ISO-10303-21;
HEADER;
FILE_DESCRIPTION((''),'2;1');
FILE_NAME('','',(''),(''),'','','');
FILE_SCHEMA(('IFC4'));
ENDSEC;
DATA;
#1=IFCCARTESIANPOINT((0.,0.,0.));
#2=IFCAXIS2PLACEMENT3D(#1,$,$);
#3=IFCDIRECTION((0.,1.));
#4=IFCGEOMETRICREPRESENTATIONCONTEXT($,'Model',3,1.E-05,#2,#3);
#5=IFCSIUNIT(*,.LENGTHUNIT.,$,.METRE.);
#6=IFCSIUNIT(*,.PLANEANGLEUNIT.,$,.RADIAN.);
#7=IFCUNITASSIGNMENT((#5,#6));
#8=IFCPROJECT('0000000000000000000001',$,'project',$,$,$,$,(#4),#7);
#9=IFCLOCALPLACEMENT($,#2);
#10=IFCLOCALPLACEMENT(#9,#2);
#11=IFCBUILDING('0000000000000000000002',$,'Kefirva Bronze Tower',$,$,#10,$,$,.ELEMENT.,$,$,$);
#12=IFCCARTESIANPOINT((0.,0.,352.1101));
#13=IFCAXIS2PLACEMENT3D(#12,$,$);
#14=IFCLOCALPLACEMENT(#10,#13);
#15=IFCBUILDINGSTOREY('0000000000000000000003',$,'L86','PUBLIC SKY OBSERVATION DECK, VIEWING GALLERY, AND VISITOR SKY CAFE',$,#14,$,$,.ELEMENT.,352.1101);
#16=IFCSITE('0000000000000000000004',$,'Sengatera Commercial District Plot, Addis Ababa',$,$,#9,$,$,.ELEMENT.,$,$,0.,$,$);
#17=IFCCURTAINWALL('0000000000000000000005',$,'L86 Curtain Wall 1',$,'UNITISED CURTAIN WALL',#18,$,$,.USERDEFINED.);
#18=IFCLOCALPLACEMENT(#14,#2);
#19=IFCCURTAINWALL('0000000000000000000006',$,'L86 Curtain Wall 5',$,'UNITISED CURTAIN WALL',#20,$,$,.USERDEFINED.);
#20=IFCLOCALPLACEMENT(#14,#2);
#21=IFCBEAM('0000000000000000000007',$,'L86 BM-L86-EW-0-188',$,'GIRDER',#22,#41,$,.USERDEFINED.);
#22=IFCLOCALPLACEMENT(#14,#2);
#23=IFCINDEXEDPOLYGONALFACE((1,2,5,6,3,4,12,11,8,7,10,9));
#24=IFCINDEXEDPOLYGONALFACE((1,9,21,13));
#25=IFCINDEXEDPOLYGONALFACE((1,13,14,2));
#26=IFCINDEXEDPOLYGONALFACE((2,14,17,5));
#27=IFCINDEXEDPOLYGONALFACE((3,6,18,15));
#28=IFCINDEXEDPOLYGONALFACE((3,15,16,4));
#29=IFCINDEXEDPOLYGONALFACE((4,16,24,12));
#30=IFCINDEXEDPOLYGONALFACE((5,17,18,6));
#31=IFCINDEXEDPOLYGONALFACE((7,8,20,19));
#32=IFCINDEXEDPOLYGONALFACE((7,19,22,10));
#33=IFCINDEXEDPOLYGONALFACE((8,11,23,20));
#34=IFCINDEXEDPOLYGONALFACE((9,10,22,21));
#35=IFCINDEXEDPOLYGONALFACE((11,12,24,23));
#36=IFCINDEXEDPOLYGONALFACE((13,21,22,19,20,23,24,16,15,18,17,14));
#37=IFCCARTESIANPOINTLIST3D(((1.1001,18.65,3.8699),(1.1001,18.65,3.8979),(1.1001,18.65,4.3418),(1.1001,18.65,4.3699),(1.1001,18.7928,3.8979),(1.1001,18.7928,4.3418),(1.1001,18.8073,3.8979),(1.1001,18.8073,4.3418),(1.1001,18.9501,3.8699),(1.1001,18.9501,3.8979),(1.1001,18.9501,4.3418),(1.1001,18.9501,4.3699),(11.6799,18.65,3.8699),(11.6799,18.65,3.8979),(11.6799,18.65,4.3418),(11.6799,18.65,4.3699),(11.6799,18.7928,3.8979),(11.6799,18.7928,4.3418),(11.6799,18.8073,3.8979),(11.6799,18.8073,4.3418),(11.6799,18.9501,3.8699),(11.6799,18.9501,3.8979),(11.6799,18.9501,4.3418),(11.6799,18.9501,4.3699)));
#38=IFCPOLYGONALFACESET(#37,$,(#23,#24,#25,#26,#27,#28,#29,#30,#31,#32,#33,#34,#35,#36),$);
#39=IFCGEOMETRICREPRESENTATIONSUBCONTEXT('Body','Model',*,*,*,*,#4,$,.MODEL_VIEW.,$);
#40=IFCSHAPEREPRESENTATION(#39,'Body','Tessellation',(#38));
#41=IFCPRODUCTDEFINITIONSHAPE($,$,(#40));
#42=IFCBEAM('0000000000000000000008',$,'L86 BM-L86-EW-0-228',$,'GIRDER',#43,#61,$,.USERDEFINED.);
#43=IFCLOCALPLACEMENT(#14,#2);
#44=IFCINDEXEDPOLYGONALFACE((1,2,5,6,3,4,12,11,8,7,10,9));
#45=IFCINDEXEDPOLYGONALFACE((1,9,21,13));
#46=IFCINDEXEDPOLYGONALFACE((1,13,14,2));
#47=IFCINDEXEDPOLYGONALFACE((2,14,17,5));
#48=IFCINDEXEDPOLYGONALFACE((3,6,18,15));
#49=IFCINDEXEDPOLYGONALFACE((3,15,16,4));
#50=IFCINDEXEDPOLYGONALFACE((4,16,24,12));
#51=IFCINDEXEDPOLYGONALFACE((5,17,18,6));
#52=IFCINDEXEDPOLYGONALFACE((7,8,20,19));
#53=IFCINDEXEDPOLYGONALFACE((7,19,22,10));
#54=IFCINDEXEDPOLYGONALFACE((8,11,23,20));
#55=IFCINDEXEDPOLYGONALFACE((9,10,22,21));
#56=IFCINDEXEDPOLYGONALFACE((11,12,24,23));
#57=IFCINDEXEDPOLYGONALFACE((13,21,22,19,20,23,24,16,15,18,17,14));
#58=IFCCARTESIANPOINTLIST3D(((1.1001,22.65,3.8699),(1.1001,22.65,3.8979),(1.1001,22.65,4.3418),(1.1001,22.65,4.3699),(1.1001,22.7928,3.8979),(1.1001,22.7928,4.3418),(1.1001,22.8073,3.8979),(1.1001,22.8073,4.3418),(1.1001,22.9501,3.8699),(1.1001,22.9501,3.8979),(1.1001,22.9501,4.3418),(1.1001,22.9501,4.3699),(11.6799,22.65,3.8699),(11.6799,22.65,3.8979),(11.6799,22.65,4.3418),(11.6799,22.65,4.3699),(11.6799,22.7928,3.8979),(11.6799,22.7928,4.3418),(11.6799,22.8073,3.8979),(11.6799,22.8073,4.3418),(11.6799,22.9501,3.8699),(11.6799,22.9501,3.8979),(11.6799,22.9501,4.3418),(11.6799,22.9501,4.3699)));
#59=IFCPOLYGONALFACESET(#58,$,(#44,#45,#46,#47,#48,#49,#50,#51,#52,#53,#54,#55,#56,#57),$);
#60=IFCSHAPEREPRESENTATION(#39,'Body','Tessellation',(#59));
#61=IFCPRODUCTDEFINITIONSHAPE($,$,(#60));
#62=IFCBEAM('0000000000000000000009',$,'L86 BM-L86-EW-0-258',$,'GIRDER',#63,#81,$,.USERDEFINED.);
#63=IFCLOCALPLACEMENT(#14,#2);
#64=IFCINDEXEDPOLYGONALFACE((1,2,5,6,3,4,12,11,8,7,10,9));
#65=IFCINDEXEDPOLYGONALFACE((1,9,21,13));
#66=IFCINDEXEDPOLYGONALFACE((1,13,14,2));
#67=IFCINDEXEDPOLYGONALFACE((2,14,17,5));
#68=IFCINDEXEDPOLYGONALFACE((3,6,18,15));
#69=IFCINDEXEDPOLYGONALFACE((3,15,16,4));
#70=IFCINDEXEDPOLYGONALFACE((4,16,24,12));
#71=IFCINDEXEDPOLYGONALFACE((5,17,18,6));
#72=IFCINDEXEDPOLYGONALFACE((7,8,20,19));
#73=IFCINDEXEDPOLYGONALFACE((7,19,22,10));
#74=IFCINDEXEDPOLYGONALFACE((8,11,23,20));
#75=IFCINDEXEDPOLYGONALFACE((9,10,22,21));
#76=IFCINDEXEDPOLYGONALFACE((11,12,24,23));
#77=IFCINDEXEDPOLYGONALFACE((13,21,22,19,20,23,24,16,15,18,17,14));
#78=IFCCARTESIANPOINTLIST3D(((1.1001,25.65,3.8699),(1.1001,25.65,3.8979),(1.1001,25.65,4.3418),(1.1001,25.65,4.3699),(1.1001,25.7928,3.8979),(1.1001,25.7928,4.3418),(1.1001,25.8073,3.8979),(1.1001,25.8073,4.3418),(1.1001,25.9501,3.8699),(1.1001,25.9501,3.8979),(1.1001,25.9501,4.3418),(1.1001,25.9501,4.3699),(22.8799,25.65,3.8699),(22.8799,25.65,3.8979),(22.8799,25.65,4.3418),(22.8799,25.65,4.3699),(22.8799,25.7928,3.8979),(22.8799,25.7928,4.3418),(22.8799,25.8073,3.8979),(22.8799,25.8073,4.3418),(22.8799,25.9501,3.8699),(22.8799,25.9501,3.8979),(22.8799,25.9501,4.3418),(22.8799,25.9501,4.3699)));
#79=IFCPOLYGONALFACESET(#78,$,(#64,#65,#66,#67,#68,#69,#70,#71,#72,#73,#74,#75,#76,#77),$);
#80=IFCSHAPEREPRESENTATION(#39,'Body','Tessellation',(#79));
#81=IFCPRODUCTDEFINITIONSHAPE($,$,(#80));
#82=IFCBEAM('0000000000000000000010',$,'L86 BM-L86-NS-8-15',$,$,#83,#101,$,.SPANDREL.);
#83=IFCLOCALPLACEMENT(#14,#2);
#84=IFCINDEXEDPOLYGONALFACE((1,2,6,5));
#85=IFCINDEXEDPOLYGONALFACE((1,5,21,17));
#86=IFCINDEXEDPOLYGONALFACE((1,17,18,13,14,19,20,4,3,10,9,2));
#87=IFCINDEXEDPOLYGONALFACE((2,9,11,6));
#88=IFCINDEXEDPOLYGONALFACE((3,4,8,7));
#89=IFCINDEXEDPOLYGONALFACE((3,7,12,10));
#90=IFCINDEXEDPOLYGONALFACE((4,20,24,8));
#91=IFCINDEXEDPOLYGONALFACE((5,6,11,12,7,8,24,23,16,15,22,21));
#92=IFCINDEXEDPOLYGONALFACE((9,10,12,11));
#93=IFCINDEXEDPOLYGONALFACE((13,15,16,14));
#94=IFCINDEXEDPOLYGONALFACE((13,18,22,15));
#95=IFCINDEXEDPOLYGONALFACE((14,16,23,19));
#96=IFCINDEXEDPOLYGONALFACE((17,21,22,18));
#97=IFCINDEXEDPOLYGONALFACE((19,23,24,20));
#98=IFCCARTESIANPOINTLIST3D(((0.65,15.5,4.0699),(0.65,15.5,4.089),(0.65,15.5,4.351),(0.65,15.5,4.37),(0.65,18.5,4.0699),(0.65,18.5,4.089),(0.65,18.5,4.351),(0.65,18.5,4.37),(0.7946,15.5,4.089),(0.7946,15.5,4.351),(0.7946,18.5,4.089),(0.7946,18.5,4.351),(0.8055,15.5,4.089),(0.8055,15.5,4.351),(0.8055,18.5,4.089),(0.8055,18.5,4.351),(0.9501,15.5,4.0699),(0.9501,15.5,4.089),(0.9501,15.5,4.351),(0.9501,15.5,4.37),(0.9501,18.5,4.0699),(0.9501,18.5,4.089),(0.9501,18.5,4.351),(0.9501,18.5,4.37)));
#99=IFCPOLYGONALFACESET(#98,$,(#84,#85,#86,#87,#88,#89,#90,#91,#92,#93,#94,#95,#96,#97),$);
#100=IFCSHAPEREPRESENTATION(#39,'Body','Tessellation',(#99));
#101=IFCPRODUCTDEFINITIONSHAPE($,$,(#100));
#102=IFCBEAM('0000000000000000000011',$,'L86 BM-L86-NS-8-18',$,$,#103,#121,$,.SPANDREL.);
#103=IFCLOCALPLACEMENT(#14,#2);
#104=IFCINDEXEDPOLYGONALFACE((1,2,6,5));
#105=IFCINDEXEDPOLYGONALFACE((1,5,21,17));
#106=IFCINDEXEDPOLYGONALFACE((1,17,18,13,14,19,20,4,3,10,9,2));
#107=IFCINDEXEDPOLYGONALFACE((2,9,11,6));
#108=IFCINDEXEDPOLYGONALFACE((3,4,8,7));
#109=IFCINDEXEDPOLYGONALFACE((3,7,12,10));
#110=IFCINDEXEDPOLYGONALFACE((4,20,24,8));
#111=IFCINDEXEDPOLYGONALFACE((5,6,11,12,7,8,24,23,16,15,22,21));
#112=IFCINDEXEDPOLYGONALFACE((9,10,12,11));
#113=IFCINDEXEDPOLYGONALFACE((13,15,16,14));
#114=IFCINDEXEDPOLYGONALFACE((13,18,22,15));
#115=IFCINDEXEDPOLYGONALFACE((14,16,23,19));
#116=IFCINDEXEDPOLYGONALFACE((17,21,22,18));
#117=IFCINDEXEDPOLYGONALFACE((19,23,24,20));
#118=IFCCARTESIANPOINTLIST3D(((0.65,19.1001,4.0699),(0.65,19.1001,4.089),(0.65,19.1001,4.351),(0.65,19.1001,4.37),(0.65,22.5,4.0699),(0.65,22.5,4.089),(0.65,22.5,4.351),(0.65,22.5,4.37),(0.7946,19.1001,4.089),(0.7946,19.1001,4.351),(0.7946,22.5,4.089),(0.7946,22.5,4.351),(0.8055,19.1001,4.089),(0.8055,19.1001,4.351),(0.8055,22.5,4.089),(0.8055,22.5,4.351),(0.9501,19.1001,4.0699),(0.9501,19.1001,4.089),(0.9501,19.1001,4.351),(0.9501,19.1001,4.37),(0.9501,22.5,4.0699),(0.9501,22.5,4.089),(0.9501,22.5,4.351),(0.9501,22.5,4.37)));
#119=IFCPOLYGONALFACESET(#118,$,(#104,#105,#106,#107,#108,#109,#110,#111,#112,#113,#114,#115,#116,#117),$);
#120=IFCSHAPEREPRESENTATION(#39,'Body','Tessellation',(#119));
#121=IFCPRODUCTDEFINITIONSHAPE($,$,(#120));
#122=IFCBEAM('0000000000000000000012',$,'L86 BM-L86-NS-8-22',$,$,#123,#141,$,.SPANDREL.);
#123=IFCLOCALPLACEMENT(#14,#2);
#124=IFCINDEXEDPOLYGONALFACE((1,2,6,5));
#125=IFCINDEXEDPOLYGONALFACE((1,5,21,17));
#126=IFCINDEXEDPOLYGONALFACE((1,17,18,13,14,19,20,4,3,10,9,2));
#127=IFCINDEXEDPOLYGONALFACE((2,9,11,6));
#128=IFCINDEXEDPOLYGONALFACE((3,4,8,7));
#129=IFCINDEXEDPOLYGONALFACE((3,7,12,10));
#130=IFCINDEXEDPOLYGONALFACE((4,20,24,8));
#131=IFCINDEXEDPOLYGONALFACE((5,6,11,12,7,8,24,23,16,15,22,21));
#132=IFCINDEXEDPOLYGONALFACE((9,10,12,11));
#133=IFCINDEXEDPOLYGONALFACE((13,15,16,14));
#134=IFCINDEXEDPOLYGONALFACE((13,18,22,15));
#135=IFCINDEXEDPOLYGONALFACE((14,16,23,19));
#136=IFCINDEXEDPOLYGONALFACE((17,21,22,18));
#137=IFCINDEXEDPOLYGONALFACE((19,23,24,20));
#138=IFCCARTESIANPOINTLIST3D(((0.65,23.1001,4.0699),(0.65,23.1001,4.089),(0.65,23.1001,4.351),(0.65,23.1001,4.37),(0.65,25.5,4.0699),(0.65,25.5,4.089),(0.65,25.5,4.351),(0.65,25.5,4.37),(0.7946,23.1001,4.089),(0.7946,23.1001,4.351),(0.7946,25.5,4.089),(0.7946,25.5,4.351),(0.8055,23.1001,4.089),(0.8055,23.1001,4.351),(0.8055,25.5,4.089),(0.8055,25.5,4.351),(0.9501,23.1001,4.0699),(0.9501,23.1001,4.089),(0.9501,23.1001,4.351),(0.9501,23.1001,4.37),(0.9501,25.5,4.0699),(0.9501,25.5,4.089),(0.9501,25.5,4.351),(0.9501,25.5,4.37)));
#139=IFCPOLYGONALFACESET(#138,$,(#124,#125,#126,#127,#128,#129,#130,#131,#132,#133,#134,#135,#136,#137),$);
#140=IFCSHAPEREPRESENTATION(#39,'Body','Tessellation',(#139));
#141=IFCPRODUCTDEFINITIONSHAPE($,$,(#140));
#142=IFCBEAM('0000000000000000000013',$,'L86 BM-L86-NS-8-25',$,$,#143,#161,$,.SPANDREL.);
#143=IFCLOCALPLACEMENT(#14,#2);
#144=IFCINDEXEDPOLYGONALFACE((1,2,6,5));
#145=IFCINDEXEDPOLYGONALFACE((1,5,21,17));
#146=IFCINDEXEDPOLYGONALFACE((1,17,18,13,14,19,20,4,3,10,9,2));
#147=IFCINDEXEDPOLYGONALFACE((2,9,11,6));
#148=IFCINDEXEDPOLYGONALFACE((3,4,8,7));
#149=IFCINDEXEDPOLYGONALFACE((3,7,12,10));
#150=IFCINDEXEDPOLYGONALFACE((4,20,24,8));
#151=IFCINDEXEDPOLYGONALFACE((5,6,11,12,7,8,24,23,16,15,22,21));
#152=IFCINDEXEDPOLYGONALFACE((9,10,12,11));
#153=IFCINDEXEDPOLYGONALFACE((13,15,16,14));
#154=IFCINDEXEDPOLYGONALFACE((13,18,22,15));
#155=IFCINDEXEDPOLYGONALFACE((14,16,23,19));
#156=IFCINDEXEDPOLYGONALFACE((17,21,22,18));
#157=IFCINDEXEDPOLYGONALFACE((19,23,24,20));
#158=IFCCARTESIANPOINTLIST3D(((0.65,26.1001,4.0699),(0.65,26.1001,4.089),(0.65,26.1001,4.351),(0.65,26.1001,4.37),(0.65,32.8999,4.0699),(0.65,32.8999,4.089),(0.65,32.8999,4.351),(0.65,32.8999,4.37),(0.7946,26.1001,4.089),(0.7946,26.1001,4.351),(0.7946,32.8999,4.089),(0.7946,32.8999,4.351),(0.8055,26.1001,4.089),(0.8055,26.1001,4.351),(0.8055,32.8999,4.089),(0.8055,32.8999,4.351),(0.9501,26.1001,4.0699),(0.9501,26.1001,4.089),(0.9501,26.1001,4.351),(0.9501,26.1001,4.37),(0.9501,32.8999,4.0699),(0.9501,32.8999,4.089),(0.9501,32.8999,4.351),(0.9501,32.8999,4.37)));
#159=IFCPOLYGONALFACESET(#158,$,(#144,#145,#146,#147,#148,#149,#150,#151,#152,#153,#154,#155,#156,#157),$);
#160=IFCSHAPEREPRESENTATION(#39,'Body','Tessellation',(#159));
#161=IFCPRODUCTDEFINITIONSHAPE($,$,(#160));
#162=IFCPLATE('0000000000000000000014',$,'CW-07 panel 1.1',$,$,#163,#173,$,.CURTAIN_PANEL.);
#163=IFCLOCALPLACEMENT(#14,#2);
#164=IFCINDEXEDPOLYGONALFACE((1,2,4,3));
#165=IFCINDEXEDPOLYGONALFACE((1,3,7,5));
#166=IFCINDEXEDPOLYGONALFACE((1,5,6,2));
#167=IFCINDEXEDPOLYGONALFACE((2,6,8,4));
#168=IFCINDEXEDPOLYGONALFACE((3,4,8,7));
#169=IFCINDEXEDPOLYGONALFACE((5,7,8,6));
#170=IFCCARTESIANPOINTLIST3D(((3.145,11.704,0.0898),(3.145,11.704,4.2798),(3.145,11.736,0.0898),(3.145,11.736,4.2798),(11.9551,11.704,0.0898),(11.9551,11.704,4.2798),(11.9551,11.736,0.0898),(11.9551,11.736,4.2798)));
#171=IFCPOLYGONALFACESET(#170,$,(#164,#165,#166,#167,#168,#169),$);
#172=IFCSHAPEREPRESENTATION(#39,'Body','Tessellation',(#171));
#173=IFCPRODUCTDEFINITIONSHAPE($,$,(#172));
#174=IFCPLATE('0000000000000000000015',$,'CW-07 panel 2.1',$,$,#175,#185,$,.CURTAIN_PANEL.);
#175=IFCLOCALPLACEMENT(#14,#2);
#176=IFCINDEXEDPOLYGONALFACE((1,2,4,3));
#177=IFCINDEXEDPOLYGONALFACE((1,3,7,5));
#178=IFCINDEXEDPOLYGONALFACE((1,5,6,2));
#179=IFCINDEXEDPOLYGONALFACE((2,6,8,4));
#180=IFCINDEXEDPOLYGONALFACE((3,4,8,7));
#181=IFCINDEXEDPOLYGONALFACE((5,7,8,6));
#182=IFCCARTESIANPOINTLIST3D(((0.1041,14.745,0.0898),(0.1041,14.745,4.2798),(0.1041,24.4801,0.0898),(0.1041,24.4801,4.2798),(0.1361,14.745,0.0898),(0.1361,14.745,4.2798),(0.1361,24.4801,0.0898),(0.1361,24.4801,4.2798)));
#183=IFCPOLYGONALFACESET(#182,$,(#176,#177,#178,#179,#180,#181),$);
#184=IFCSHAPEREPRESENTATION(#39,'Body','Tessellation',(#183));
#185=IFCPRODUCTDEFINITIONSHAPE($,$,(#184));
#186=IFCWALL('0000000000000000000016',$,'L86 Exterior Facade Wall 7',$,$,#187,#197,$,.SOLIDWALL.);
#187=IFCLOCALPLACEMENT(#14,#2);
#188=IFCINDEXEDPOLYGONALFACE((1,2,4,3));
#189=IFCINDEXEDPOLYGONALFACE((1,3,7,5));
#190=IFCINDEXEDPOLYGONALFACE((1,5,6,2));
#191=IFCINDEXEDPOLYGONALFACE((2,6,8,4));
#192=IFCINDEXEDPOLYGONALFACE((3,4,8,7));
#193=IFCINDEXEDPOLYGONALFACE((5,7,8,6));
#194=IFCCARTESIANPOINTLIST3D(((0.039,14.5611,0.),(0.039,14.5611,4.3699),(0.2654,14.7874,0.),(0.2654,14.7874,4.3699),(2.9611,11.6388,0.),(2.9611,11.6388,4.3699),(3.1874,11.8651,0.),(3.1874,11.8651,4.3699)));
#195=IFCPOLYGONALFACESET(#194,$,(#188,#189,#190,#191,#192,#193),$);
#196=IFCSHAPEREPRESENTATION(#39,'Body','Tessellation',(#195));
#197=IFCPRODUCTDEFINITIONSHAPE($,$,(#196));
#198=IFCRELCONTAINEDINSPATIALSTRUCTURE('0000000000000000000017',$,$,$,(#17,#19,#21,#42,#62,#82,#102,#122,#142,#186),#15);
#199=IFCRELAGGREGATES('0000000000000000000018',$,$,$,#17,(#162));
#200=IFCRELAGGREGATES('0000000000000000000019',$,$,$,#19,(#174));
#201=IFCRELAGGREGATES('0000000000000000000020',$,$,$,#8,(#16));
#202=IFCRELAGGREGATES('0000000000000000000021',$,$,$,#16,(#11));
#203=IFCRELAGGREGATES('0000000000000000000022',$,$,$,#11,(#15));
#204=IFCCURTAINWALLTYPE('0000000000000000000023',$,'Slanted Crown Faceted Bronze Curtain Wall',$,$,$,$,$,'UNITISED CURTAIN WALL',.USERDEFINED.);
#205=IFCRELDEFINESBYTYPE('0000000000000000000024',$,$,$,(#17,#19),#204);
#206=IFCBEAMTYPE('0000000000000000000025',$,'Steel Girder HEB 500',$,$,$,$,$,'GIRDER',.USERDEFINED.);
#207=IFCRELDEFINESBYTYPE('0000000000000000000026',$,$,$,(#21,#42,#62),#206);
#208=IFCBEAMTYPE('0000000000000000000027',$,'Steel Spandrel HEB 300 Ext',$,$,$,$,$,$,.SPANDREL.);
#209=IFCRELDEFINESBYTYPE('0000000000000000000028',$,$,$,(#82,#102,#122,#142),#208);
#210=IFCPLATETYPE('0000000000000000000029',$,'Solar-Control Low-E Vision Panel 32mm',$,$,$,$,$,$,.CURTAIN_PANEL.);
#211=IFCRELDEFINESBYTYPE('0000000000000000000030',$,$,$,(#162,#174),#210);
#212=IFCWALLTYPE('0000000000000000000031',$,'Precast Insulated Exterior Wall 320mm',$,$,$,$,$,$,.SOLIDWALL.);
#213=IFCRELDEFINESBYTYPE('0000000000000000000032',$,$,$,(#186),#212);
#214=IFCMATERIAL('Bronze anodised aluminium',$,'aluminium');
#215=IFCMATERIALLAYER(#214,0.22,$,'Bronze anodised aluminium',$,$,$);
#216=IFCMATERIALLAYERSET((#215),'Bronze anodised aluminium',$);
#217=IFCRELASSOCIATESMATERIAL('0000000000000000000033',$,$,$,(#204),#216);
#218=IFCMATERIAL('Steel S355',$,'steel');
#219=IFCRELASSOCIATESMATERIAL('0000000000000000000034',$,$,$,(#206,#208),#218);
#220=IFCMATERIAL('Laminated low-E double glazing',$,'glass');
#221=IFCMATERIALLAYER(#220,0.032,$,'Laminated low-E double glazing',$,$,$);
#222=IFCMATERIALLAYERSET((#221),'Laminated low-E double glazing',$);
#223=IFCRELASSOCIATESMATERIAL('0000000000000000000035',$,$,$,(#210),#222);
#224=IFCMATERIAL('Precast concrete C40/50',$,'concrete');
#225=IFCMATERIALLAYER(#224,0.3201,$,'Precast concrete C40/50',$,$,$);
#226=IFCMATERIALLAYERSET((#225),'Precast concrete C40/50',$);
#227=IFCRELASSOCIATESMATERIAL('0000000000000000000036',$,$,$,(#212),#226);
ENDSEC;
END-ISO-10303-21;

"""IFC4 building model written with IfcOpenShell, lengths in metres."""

from ifc_helpers import new_model, si_unit, direction, frame, frame_2d, origin, origin_2d, place, context, subcontext, project, spatial, rectangle, i_section, extrude, material, layer, layer_set, material_profile, profile_set, type_object, element, aggregate, save


model = new_model("IFC4")

# Units and contexts
model_context = context("Model", 3, precision=1e-05, world=origin(), true_north=direction((0.0, 1.0)))
body_context = subcontext(model_context, "Body", "Model", "MODEL_VIEW")
ifc_project = project(units=[si_unit("LENGTHUNIT", "METRE"), si_unit("PLANEANGLEUNIT", "RADIAN")], contexts=[model_context])

# Site, building, storey
site_placement = place(None, origin())
site = spatial("IfcSite", under=ifc_project, at=site_placement, Name="Sengatera Commercial District Plot, Addis Ababa", CompositionType="ELEMENT", RefElevation=0.0)
building_placement = place(site_placement, origin())
building = spatial("IfcBuilding", under=site, at=building_placement, Name="Kefirva Bronze Tower", CompositionType="ELEMENT")
storey_placement = place(building_placement, frame((0.0, 0.0, 352.1101)))
storey = spatial("IfcBuildingStorey", under=building, at=storey_placement, Name="L86", Description="PUBLIC SKY OBSERVATION DECK, VIEWING GALLERY, AND VISITOR SKY CAFE", CompositionType="ELEMENT", Elevation=352.1101)

# Curtain walls
ifc_material_1 = material(Name="Bronze anodised aluminium", Category="aluminium")
ifc_layer_1 = layer(ifc_material_1, 0.22, Name="Bronze anodised aluminium")
ifc_layer_set_1 = layer_set([ifc_layer_1], Name="Bronze anodised aluminium")
curtain_wall_type = type_object("IfcCurtainWallType", Name="Slanted Crown Faceted Bronze Curtain Wall", ElementType="UNITISED CURTAIN WALL", PredefinedType="USERDEFINED", material=ifc_layer_set_1)
curtain_wall_1_placement = place(storey_placement, origin())
curtain_wall_1 = element("IfcCurtainWall", 1, at=curtain_wall_1_placement, inside=storey, type_object=curtain_wall_type, Name="L86 Curtain Wall 1", ObjectType="UNITISED CURTAIN WALL", PredefinedType="USERDEFINED")
curtain_wall_2_placement = place(storey_placement, origin())
curtain_wall_2 = element("IfcCurtainWall", 2, at=curtain_wall_2_placement, inside=storey, type_object=curtain_wall_type, Name="L86 Curtain Wall 5", ObjectType="UNITISED CURTAIN WALL", PredefinedType="USERDEFINED")

# Beams
ifc_material_2 = material(Name="Steel S355", Category="steel")
ifc_material_profile_1 = material_profile(ifc_material_2, i_section(OverallWidth=0.3, OverallDepth=0.5, WebThickness=0.0144, FlangeThickness=0.0281, at=origin_2d()), Name="HEB 500")
ifc_profile_set_1 = profile_set([ifc_material_profile_1], Name="Steel S355")
beam_type_1 = type_object("IfcBeamType", Name="Steel Girder HEB 500", ElementType="GIRDER", PredefinedType="USERDEFINED", material=ifc_profile_set_1)
for number, where, z_axis, x_axis, name in (
    (3, (1.1001, 18.8, 4.1199), (1.0, 0.0, 0.0), (0.0, 1.0, 0.0), "L86 BM-L86-EW-0-188"),
    (4, (1.1001, 22.8, 4.1199), (1.0, 0.0, 0.0), (0.0, 1.0, 0.0), "L86 BM-L86-EW-0-228"),
):
    element("IfcBeam", number, at=place(storey_placement, frame(where, z_axis=z_axis, x_axis=x_axis)), inside=storey, type_object=beam_type_1, Name=name, ObjectType="GIRDER", PredefinedType="USERDEFINED", context=body_context, shape_type="SweptSolid", body=[
        extrude(i_section(OverallWidth=0.3, OverallDepth=0.5, WebThickness=0.0144, FlangeThickness=0.0281, at=origin_2d()), origin(), (0.0, 0.0, 1.0), 10.5798),
    ])
beam_1_placement = place(storey_placement, frame((1.1001, 25.8, 4.1199), z_axis=(1.0, 0.0, 0.0), x_axis=(0.0, 1.0, 0.0)))
element("IfcBeam", 5, at=beam_1_placement, inside=storey, type_object=beam_type_1, Name="L86 BM-L86-EW-0-258", ObjectType="GIRDER", PredefinedType="USERDEFINED", context=body_context, shape_type="SweptSolid", body=[
    extrude(i_section(OverallWidth=0.3, OverallDepth=0.5, WebThickness=0.0144, FlangeThickness=0.0281, at=origin_2d()), origin(), (0.0, 0.0, 1.0), 21.7798),
])
ifc_material_profile_2 = material_profile(ifc_material_2, i_section(OverallWidth=0.3, OverallDepth=0.3, WebThickness=0.011, FlangeThickness=0.019, at=origin_2d()), Name="HEB 300")
ifc_profile_set_2 = profile_set([ifc_material_profile_2], Name="Steel S355")
beam_type_2 = type_object("IfcBeamType", Name="Steel Spandrel HEB 300 Ext", PredefinedType="SPANDREL", material=ifc_profile_set_2)
beam_2_placement = place(storey_placement, frame((0.8, 15.5, 4.22), z_axis=(0.0, 1.0, 0.0), x_axis=(-1.0, 0.0, 0.0)))
element("IfcBeam", 6, at=beam_2_placement, inside=storey, type_object=beam_type_2, Name="L86 BM-L86-NS-8-15", PredefinedType="SPANDREL", context=body_context, shape_type="SweptSolid", body=[
    extrude(i_section(OverallWidth=0.3, OverallDepth=0.3, WebThickness=0.011, FlangeThickness=0.019, at=origin_2d()), origin(), (0.0, 0.0, 1.0), 3.0),
])
beam_3_placement = place(storey_placement, frame((0.8, 19.1001, 4.22), z_axis=(0.0, 1.0, 0.0), x_axis=(-1.0, 0.0, 0.0)))
element("IfcBeam", 7, at=beam_3_placement, inside=storey, type_object=beam_type_2, Name="L86 BM-L86-NS-8-18", PredefinedType="SPANDREL", context=body_context, shape_type="SweptSolid", body=[
    extrude(i_section(OverallWidth=0.3, OverallDepth=0.3, WebThickness=0.011, FlangeThickness=0.019, at=origin_2d()), origin(), (0.0, 0.0, 1.0), 3.3999),
])
beam_4_placement = place(storey_placement, frame((0.8, 23.1001, 4.22), z_axis=(0.0, 1.0, 0.0), x_axis=(-1.0, 0.0, 0.0)))
element("IfcBeam", 8, at=beam_4_placement, inside=storey, type_object=beam_type_2, Name="L86 BM-L86-NS-8-22", PredefinedType="SPANDREL", context=body_context, shape_type="SweptSolid", body=[
    extrude(i_section(OverallWidth=0.3, OverallDepth=0.3, WebThickness=0.011, FlangeThickness=0.019, at=origin_2d()), origin(), (0.0, 0.0, 1.0), 2.3999),
])
beam_5_placement = place(storey_placement, frame((0.8, 26.1001, 4.22), z_axis=(0.0, 1.0, 0.0), x_axis=(-1.0, 0.0, 0.0)))
element("IfcBeam", 9, at=beam_5_placement, inside=storey, type_object=beam_type_2, Name="L86 BM-L86-NS-8-25", PredefinedType="SPANDREL", context=body_context, shape_type="SweptSolid", body=[
    extrude(i_section(OverallWidth=0.3, OverallDepth=0.3, WebThickness=0.011, FlangeThickness=0.019, at=origin_2d()), origin(), (0.0, 0.0, 1.0), 6.7998),
])

# Plates
ifc_material_3 = material(Name="Laminated low-E double glazing", Category="glass")
ifc_layer_2 = layer(ifc_material_3, 0.032, Name="Laminated low-E double glazing")
ifc_layer_set_2 = layer_set([ifc_layer_2], Name="Laminated low-E double glazing")
plate_type = type_object("IfcPlateType", Name="Solar-Control Low-E Vision Panel 32mm", PredefinedType="CURTAIN_PANEL", material=ifc_layer_set_2)
plate_1_placement = place(storey_placement, frame((7.55, 11.72, 0.0898), z_axis=(0.0, 0.0, 1.0), x_axis=(1.0, 0.0, 0.0)))
plate_1 = element("IfcPlate", 10, at=plate_1_placement, type_object=plate_type, Name="CW-07 panel 1.1", PredefinedType="CURTAIN_PANEL", context=body_context, shape_type="SweptSolid", body=[
    extrude(rectangle(XDim=8.8101, YDim=0.032, at=origin_2d()), origin(), (0.0, 0.0, 1.0), 4.1899),
])
aggregate(curtain_wall_1, [plate_1])
plate_2_placement = place(storey_placement, frame((0.1201, 19.6125, 0.0898), z_axis=(0.0, 0.0, 1.0), x_axis=(0.0, -1.0, 0.0)))
plate_2 = element("IfcPlate", 11, at=plate_2_placement, type_object=plate_type, Name="CW-07 panel 2.1", PredefinedType="CURTAIN_PANEL", context=body_context, shape_type="SweptSolid", body=[
    extrude(rectangle(XDim=9.7351, YDim=0.032, at=origin_2d()), origin(), (0.0, 0.0, 1.0), 4.1899),
])
aggregate(curtain_wall_2, [plate_2])

# Wall
ifc_material_4 = material(Name="Precast concrete C40/50", Category="concrete")
ifc_layer_3 = layer(ifc_material_4, 0.3201, Name="Precast concrete C40/50")
ifc_layer_set_3 = layer_set([ifc_layer_3], Name="Precast concrete C40/50")
wall_type = type_object("IfcWallType", Name="Precast Insulated Exterior Wall 320mm", PredefinedType="SOLIDWALL", material=ifc_layer_set_3)
wall_placement = place(storey_placement, frame((0.1521, 14.6743, 0.0), z_axis=(0.0, 0.0, 1.0), x_axis=(0.707077, -0.707136, 0.0)))
element("IfcWall", 12, at=wall_placement, inside=storey, type_object=wall_type, Name="L86 Exterior Facade Wall 7", PredefinedType="SOLIDWALL", context=body_context, shape_type="SweptSolid", body=[
    extrude(rectangle(XDim=4.1326, YDim=0.3201, at=frame_2d((2.0664, 0.0))), origin(), (0.0, 0.0, 1.0), 4.3699),
])

save(model, "model.ifc")
